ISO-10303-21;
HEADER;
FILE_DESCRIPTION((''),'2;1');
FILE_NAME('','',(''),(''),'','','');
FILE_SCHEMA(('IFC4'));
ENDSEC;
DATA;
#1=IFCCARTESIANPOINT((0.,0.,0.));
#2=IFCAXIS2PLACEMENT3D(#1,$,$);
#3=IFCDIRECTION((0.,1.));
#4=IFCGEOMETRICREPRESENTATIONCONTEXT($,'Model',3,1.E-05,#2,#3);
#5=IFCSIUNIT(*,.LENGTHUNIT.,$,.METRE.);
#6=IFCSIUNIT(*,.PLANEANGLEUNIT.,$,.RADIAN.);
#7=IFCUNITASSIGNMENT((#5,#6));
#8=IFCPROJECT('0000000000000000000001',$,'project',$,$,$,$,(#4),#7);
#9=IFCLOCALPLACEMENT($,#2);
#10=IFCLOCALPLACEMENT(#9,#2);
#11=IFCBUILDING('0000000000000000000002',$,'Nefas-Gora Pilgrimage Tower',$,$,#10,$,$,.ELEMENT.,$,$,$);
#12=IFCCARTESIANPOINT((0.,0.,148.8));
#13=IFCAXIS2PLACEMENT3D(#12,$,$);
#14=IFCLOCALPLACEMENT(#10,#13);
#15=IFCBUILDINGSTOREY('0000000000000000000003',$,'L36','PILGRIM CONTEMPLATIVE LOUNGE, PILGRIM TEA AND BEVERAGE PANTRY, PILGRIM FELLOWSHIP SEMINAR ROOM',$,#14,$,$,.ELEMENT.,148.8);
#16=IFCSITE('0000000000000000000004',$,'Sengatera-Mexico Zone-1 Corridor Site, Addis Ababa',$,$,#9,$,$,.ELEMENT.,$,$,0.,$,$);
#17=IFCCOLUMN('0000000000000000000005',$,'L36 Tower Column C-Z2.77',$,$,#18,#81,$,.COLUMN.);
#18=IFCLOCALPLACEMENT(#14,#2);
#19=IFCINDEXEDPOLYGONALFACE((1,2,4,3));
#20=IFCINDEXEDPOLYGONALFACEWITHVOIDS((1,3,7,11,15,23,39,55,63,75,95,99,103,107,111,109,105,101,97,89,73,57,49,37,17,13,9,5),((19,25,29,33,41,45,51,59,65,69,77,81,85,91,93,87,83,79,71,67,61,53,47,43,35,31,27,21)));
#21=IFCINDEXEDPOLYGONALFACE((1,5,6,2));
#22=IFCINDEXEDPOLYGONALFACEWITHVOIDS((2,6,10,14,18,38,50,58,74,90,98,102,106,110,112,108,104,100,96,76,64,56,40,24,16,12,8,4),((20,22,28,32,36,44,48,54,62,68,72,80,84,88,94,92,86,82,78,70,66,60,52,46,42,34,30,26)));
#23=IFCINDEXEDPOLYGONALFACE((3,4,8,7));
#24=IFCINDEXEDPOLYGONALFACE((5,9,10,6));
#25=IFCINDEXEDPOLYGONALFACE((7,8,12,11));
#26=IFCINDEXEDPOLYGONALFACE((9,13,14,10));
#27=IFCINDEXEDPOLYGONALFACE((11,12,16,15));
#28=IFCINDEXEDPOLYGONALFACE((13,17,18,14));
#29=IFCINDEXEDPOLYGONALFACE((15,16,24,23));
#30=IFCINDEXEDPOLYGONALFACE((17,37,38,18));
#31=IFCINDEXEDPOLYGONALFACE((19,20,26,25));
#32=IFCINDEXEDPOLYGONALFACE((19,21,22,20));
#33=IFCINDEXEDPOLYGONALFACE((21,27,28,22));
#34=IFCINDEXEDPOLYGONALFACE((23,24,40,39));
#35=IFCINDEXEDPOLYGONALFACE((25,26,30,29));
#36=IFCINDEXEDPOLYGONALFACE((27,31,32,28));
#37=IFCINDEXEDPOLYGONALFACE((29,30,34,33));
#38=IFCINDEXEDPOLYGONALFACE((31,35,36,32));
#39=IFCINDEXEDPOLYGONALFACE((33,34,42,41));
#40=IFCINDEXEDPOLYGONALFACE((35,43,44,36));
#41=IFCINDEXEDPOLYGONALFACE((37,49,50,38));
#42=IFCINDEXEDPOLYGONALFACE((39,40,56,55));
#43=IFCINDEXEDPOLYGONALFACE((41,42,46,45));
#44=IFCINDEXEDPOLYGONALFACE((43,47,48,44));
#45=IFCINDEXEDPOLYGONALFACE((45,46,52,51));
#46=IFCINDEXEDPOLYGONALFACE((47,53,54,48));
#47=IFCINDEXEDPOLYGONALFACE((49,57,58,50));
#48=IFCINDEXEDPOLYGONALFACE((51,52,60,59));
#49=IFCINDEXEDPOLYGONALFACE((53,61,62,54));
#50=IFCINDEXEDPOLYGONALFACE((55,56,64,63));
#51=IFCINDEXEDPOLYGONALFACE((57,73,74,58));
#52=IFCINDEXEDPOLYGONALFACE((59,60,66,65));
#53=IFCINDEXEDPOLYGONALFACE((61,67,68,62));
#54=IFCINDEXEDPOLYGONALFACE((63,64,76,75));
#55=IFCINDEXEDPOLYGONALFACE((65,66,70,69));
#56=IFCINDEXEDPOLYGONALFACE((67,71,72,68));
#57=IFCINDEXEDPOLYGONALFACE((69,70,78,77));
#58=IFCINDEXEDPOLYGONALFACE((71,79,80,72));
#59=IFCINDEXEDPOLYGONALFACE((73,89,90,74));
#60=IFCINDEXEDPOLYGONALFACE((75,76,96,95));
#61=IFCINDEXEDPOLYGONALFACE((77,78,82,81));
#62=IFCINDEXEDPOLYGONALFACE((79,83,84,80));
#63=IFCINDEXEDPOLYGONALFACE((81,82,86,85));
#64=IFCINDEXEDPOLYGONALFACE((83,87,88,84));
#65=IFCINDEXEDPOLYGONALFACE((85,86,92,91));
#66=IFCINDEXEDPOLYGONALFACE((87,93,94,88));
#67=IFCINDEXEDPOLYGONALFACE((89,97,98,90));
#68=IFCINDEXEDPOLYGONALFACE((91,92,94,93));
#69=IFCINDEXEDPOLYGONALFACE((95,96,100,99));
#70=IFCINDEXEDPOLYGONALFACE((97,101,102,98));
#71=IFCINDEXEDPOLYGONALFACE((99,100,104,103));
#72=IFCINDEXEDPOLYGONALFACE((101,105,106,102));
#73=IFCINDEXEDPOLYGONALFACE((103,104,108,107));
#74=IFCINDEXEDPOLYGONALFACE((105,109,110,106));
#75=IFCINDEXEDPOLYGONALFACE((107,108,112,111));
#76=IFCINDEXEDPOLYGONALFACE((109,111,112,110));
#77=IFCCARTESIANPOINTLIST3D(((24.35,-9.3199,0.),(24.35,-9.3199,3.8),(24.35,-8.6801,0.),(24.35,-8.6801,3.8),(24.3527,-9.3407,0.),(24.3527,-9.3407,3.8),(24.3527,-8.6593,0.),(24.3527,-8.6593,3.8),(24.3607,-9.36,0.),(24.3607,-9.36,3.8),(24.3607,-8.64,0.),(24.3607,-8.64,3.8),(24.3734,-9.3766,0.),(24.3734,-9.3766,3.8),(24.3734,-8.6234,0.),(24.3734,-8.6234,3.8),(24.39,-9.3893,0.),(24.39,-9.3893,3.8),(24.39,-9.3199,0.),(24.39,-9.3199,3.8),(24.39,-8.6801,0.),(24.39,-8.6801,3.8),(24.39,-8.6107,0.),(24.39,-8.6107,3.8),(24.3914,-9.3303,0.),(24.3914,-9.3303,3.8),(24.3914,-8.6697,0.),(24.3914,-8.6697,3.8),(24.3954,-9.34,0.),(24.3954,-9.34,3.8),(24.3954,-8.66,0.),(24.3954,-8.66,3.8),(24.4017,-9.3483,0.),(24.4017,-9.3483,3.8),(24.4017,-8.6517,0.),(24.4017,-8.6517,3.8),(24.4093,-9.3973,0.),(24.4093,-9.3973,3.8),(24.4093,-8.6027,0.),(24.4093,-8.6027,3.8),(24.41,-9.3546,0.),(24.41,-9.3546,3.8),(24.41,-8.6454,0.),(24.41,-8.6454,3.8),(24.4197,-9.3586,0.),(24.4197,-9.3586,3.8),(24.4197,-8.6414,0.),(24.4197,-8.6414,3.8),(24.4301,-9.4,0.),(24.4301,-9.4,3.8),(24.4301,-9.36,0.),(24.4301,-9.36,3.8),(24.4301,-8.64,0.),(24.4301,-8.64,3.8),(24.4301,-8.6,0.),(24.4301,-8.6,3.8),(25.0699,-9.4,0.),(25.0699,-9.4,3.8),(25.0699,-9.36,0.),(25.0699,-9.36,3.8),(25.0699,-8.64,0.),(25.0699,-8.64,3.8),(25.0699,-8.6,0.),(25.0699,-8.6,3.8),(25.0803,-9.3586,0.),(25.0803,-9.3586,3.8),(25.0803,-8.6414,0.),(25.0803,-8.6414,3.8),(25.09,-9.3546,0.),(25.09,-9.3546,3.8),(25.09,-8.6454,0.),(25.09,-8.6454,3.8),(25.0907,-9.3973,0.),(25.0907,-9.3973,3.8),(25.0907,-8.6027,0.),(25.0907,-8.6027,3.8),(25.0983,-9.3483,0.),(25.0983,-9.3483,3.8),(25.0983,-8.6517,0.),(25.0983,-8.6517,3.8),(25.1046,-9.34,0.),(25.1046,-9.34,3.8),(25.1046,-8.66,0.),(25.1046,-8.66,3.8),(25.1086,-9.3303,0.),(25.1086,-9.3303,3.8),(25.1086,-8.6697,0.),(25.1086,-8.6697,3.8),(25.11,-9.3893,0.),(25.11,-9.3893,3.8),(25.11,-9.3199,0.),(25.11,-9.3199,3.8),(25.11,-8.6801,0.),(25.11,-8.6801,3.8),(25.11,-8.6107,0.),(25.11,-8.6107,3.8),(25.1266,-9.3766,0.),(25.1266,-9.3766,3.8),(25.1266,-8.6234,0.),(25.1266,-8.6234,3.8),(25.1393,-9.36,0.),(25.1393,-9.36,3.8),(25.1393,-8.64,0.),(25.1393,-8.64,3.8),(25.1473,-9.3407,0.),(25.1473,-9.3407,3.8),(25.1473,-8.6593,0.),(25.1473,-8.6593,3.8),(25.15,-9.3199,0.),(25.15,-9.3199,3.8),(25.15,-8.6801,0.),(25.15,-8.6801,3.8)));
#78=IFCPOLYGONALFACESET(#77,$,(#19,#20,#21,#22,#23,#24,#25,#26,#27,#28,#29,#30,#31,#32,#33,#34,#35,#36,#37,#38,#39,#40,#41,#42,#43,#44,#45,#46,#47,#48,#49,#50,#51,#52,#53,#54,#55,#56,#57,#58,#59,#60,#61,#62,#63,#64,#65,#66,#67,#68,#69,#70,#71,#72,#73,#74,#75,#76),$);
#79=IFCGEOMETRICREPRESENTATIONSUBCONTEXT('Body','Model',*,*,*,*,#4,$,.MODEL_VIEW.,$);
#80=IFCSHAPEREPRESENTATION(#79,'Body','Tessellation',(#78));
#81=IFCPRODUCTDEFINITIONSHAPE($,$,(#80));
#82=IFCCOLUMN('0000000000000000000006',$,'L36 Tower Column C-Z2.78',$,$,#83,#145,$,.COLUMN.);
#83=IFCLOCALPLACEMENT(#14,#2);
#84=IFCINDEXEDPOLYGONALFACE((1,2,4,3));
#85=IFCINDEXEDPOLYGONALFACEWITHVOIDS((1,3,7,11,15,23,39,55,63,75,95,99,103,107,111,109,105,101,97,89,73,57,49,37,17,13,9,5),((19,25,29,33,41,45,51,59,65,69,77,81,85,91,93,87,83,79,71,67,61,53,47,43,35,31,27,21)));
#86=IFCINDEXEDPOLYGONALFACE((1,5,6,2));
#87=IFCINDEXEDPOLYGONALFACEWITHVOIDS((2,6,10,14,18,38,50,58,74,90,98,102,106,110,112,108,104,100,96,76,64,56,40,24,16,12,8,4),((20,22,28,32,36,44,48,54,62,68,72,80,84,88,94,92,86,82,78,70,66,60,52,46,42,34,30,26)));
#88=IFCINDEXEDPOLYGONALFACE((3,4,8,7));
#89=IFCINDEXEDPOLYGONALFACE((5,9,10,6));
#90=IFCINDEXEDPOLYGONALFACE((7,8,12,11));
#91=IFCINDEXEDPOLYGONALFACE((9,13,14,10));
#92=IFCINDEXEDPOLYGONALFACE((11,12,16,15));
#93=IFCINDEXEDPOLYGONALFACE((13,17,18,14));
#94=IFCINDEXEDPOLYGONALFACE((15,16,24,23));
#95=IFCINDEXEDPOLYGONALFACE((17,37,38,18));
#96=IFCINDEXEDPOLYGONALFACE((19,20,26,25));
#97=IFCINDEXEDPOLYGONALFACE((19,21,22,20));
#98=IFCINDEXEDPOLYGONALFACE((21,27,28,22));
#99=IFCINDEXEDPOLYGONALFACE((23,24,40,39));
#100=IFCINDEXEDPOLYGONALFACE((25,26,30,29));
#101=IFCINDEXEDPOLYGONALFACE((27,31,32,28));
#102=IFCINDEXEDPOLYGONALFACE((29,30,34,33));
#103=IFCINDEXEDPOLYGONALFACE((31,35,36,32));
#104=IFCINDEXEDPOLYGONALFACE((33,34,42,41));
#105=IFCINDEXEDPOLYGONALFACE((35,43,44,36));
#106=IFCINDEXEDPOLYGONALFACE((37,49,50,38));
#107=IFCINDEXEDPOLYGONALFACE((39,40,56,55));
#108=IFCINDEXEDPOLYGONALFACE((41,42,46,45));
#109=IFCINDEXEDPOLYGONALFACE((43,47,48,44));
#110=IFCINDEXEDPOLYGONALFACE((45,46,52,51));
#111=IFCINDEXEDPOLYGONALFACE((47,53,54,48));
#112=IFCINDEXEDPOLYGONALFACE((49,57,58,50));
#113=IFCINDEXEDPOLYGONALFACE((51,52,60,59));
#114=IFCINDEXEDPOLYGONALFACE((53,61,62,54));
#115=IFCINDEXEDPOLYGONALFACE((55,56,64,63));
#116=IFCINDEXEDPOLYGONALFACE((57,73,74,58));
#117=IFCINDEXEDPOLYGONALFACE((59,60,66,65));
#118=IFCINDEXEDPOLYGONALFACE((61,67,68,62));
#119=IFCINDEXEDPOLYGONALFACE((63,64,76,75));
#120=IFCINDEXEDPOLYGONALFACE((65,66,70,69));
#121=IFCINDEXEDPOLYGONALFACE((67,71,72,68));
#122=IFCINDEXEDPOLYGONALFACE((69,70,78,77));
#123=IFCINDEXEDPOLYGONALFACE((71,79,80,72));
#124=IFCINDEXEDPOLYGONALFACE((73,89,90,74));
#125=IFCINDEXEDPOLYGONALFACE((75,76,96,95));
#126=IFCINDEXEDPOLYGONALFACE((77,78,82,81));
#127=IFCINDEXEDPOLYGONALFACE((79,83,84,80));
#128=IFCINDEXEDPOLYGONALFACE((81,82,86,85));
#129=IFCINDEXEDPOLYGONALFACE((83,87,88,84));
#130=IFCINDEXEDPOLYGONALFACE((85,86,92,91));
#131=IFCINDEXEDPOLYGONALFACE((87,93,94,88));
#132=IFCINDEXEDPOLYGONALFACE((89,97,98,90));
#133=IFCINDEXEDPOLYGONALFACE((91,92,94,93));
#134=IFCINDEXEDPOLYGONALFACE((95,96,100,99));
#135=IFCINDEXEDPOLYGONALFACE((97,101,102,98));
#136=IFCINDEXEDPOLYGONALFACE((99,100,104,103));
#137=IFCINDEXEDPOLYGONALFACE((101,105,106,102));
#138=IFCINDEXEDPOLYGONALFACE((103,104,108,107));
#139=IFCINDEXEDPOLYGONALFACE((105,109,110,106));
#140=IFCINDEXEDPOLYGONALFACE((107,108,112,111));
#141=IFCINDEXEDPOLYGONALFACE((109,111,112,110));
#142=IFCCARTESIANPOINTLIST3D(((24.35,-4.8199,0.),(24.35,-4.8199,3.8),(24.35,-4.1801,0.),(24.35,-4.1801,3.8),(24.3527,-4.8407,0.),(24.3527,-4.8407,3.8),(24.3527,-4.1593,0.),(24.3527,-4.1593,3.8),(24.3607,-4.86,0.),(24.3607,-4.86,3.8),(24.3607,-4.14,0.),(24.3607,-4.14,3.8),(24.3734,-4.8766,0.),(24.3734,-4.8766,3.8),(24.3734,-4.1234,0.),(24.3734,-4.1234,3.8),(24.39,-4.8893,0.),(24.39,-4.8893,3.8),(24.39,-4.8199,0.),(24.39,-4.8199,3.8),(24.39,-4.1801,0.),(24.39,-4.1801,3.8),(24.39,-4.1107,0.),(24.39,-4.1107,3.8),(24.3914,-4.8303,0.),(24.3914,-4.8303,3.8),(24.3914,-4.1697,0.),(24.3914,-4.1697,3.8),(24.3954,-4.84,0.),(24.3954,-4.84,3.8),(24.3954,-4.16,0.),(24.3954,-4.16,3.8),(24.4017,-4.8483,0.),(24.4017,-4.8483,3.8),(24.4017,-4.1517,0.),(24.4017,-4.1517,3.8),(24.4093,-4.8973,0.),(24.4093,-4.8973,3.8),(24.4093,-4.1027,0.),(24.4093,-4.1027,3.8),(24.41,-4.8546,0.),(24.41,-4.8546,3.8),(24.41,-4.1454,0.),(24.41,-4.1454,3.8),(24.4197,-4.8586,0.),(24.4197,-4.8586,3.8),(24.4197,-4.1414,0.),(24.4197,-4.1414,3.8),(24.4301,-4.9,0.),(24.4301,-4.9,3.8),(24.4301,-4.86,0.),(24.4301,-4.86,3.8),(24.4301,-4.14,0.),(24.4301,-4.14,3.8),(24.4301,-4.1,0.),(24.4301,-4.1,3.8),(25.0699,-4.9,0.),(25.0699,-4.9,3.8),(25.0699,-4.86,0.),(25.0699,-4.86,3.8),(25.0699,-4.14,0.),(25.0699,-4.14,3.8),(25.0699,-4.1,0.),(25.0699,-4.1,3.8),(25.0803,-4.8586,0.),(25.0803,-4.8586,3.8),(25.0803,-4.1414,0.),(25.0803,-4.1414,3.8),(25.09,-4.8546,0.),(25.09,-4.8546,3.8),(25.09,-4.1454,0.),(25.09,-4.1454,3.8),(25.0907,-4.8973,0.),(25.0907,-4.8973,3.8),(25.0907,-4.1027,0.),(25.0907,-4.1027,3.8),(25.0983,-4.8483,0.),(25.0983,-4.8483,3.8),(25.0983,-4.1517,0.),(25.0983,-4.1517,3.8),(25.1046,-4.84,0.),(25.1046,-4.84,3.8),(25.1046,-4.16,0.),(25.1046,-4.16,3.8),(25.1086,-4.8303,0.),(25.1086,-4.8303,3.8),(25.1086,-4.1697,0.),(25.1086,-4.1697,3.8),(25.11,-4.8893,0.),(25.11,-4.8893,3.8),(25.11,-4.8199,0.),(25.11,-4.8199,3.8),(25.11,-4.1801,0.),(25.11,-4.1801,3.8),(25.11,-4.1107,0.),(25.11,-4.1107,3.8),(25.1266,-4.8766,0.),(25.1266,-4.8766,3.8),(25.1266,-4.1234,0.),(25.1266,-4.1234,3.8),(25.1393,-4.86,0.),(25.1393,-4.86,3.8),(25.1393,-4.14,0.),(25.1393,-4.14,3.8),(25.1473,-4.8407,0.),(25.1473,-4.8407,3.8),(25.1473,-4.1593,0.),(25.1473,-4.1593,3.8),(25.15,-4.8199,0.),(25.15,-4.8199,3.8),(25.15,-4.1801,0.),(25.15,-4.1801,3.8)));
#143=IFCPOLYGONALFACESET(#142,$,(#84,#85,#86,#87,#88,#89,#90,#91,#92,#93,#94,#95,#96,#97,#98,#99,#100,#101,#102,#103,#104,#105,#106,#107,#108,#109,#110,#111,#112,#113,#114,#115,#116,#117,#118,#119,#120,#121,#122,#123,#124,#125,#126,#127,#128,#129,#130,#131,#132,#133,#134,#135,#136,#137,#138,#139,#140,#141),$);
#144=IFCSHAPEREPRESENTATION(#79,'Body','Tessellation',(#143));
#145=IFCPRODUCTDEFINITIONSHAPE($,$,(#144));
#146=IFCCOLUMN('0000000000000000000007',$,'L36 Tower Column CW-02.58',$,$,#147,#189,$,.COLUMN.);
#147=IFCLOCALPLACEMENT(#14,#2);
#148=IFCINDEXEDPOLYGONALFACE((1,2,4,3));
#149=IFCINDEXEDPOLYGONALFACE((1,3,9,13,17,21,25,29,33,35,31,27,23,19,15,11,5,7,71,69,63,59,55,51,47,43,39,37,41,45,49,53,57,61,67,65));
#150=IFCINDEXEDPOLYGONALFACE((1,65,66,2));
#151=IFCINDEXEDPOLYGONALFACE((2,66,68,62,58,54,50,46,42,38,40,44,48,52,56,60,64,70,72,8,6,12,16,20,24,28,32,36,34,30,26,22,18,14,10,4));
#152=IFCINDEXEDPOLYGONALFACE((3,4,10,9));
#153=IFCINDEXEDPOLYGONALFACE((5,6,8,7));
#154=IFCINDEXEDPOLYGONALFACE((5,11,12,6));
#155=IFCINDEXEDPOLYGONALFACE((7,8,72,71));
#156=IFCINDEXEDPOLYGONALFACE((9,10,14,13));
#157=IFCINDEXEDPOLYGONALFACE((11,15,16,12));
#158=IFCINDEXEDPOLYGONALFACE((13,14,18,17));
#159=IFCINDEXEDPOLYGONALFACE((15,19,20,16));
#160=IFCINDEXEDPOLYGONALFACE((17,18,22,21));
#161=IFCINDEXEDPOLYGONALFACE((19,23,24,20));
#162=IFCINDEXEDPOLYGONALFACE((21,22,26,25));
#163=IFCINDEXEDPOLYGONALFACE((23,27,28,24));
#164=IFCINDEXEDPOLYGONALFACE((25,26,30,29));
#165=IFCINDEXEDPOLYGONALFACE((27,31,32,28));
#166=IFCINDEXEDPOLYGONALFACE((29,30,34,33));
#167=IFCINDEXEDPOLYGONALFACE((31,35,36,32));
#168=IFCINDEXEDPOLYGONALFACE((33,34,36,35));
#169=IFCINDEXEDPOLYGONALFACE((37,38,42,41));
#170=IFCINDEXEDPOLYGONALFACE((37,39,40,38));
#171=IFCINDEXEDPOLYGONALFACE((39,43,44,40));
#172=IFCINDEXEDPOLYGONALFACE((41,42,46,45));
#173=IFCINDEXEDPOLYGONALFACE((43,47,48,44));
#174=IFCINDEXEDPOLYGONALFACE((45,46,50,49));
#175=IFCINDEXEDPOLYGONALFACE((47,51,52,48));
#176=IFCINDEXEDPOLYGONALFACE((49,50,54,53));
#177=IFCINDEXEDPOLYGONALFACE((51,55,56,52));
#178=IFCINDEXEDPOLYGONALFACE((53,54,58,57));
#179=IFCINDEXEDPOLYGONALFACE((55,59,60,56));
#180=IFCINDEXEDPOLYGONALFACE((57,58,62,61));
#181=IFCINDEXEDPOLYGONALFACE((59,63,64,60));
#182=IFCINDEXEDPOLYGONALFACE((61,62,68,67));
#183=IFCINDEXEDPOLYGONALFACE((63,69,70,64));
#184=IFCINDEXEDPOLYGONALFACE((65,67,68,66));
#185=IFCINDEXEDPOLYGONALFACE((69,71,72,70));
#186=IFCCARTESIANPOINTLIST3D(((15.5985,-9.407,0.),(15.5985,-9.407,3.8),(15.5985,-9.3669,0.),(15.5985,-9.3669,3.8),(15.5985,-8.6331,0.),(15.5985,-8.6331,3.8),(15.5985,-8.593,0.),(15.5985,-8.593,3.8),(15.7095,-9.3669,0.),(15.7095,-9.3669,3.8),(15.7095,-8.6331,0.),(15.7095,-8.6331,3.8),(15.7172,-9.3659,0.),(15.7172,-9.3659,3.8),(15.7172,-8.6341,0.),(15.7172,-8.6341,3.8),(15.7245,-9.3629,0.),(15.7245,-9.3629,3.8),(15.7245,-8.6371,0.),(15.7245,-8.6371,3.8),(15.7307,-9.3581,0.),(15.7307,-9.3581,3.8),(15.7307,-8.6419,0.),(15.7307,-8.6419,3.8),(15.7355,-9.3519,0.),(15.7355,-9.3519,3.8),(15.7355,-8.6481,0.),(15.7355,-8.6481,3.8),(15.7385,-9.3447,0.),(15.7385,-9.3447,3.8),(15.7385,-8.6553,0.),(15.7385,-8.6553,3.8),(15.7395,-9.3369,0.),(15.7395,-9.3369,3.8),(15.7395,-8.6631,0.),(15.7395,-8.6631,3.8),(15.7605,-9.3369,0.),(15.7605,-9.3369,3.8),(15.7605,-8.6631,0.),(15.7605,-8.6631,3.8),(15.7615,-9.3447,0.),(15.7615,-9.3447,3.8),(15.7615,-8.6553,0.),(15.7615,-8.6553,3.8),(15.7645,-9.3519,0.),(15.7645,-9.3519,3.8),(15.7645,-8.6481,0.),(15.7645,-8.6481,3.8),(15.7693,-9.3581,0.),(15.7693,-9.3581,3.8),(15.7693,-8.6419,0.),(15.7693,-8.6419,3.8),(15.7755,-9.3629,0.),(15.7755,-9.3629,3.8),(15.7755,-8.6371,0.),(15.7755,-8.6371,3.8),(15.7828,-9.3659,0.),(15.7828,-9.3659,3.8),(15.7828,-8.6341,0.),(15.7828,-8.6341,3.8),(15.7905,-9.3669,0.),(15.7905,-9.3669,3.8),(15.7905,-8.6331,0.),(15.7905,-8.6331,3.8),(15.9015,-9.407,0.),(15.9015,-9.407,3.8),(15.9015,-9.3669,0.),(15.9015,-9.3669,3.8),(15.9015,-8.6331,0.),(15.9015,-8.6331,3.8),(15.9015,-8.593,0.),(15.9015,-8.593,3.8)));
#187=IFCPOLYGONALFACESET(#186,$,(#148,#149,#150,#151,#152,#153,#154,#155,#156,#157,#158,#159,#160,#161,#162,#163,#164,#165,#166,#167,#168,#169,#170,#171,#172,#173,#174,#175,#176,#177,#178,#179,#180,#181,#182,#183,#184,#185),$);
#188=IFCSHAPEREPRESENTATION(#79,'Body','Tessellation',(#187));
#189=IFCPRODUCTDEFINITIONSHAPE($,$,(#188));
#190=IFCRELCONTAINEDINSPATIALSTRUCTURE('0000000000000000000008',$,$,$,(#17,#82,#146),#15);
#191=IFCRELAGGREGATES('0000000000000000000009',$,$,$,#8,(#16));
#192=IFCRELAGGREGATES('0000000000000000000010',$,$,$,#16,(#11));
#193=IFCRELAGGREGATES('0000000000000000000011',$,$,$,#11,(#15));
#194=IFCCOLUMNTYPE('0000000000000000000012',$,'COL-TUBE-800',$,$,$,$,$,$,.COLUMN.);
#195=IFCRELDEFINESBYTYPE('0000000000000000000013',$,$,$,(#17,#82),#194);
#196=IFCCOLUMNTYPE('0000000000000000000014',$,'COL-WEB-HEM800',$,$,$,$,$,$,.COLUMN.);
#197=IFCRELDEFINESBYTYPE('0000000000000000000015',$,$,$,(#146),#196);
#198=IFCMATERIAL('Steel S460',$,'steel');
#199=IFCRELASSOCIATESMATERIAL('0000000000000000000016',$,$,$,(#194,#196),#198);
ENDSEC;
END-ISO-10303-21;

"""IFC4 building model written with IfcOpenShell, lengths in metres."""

from ifc_helpers import new_model, si_unit, direction, frame, origin, origin_2d, place, context, subcontext, project, spatial, hollow_rectangle, i_section, extrude, source, transform, mapped, material, material_profile, profile_set, type_object, element, save


model = new_model("IFC4")

# Units and contexts
model_context = context("Model", 3, precision=1e-05, world=origin(), true_north=direction((0.0, 1.0)))
body_context = subcontext(model_context, "Body", "Model", "MODEL_VIEW")
ifc_project = project(units=[si_unit("LENGTHUNIT", "METRE"), si_unit("PLANEANGLEUNIT", "RADIAN")], contexts=[model_context])

# Site, building, storey
site_placement = place(None, origin())
site = spatial("IfcSite", under=ifc_project, at=site_placement, Name="Sengatera-Mexico Zone-1 Corridor Site, Addis Ababa", CompositionType="ELEMENT", RefElevation=0.0)
building_placement = place(site_placement, origin())
building = spatial("IfcBuilding", under=site, at=building_placement, Name="Nefas-Gora Pilgrimage Tower", CompositionType="ELEMENT")
storey_placement = place(building_placement, frame((0.0, 0.0, 148.8)))
storey = spatial("IfcBuildingStorey", under=building, at=storey_placement, Name="L36", Description="PILGRIM CONTEMPLATIVE LOUNGE, PILGRIM TEA AND BEVERAGE PANTRY, PILGRIM FELLOWSHIP SEMINAR ROOM", CompositionType="ELEMENT", Elevation=148.8)

# Columns
ifc_material_1 = material(Name="Steel S460", Category="steel")
ifc_material_profile_1 = material_profile(ifc_material_1, hollow_rectangle(XDim=0.8, YDim=0.8, WallThickness=0.04, InnerFilletRadius=0.04, OuterFilletRadius=0.0801, at=origin_2d()), Name="BOX 800x800x40")
ifc_profile_set_1 = profile_set([ifc_material_profile_1], Name="Steel S460")
column_type_1 = type_object("IfcColumnType", Name="COL-TUBE-800", PredefinedType="COLUMN", material=ifc_profile_set_1)
shared_shape_1 = source(origin(), body_context, "Body", "SweptSolid", [
    extrude(hollow_rectangle(XDim=0.8, YDim=0.8, WallThickness=0.04, InnerFilletRadius=0.04, OuterFilletRadius=0.0801, at=origin_2d()), origin(), (0.0, 0.0, 1.0), 3.8),
])
for number, where, z_axis, x_axis, name in (
    (1, (24.75, -9.0, 0.0), (0.0, 0.0, 1.0), (1.0, 0.0, 0.0), "L36 Tower Column C-Z2.77"),
    (2, (24.75, -4.5, 0.0), (0.0, 0.0, 1.0), (1.0, 0.0, 0.0), "L36 Tower Column C-Z2.78"),
):
    element("IfcColumn", number, at=place(storey_placement, frame(where, z_axis=z_axis, x_axis=x_axis)), inside=storey, type_object=column_type_1, Name=name, PredefinedType="COLUMN", context=body_context, shape_type="MappedRepresentation", body=[
        mapped(shared_shape_1, transform((0.0, 0.0, 0.0), x_axis=(1.0, 0.0, 0.0), y_axis=(0.0, 1.0, 0.0), z_axis=(0.0, 0.0, 1.0), scale=1.0)),
    ])
ifc_material_profile_2 = material_profile(ifc_material_1, i_section(OverallWidth=0.303, OverallDepth=0.814, WebThickness=0.021, FlangeThickness=0.04, FilletRadius=0.03, at=origin_2d()), Name="HEM 800")
ifc_profile_set_2 = profile_set([ifc_material_profile_2], Name="Steel S460")
column_type_2 = type_object("IfcColumnType", Name="COL-WEB-HEM800", PredefinedType="COLUMN", material=ifc_profile_set_2)
shared_shape_2 = source(origin(), body_context, "Body", "SweptSolid", [
    extrude(i_section(OverallWidth=0.303, OverallDepth=0.814, WebThickness=0.021, FlangeThickness=0.04, FilletRadius=0.03, at=origin_2d()), origin(), (0.0, 0.0, 1.0), 3.8),
])
for number, where, z_axis, x_axis, name in (
    (3, (15.75, -9.0, 0.0), (0.0, 0.0, 1.0), (1.0, 0.0, 0.0), "L36 Tower Column CW-02.58"),
):
    element("IfcColumn", number, at=place(storey_placement, frame(where, z_axis=z_axis, x_axis=x_axis)), inside=storey, type_object=column_type_2, Name=name, PredefinedType="COLUMN", context=body_context, shape_type="MappedRepresentation", body=[
        mapped(shared_shape_2, transform((0.0, 0.0, 0.0), x_axis=(1.0, 0.0, 0.0), y_axis=(0.0, 1.0, 0.0), z_axis=(0.0, 0.0, 1.0), scale=1.0)),
    ])

save(model, "model.ifc")
